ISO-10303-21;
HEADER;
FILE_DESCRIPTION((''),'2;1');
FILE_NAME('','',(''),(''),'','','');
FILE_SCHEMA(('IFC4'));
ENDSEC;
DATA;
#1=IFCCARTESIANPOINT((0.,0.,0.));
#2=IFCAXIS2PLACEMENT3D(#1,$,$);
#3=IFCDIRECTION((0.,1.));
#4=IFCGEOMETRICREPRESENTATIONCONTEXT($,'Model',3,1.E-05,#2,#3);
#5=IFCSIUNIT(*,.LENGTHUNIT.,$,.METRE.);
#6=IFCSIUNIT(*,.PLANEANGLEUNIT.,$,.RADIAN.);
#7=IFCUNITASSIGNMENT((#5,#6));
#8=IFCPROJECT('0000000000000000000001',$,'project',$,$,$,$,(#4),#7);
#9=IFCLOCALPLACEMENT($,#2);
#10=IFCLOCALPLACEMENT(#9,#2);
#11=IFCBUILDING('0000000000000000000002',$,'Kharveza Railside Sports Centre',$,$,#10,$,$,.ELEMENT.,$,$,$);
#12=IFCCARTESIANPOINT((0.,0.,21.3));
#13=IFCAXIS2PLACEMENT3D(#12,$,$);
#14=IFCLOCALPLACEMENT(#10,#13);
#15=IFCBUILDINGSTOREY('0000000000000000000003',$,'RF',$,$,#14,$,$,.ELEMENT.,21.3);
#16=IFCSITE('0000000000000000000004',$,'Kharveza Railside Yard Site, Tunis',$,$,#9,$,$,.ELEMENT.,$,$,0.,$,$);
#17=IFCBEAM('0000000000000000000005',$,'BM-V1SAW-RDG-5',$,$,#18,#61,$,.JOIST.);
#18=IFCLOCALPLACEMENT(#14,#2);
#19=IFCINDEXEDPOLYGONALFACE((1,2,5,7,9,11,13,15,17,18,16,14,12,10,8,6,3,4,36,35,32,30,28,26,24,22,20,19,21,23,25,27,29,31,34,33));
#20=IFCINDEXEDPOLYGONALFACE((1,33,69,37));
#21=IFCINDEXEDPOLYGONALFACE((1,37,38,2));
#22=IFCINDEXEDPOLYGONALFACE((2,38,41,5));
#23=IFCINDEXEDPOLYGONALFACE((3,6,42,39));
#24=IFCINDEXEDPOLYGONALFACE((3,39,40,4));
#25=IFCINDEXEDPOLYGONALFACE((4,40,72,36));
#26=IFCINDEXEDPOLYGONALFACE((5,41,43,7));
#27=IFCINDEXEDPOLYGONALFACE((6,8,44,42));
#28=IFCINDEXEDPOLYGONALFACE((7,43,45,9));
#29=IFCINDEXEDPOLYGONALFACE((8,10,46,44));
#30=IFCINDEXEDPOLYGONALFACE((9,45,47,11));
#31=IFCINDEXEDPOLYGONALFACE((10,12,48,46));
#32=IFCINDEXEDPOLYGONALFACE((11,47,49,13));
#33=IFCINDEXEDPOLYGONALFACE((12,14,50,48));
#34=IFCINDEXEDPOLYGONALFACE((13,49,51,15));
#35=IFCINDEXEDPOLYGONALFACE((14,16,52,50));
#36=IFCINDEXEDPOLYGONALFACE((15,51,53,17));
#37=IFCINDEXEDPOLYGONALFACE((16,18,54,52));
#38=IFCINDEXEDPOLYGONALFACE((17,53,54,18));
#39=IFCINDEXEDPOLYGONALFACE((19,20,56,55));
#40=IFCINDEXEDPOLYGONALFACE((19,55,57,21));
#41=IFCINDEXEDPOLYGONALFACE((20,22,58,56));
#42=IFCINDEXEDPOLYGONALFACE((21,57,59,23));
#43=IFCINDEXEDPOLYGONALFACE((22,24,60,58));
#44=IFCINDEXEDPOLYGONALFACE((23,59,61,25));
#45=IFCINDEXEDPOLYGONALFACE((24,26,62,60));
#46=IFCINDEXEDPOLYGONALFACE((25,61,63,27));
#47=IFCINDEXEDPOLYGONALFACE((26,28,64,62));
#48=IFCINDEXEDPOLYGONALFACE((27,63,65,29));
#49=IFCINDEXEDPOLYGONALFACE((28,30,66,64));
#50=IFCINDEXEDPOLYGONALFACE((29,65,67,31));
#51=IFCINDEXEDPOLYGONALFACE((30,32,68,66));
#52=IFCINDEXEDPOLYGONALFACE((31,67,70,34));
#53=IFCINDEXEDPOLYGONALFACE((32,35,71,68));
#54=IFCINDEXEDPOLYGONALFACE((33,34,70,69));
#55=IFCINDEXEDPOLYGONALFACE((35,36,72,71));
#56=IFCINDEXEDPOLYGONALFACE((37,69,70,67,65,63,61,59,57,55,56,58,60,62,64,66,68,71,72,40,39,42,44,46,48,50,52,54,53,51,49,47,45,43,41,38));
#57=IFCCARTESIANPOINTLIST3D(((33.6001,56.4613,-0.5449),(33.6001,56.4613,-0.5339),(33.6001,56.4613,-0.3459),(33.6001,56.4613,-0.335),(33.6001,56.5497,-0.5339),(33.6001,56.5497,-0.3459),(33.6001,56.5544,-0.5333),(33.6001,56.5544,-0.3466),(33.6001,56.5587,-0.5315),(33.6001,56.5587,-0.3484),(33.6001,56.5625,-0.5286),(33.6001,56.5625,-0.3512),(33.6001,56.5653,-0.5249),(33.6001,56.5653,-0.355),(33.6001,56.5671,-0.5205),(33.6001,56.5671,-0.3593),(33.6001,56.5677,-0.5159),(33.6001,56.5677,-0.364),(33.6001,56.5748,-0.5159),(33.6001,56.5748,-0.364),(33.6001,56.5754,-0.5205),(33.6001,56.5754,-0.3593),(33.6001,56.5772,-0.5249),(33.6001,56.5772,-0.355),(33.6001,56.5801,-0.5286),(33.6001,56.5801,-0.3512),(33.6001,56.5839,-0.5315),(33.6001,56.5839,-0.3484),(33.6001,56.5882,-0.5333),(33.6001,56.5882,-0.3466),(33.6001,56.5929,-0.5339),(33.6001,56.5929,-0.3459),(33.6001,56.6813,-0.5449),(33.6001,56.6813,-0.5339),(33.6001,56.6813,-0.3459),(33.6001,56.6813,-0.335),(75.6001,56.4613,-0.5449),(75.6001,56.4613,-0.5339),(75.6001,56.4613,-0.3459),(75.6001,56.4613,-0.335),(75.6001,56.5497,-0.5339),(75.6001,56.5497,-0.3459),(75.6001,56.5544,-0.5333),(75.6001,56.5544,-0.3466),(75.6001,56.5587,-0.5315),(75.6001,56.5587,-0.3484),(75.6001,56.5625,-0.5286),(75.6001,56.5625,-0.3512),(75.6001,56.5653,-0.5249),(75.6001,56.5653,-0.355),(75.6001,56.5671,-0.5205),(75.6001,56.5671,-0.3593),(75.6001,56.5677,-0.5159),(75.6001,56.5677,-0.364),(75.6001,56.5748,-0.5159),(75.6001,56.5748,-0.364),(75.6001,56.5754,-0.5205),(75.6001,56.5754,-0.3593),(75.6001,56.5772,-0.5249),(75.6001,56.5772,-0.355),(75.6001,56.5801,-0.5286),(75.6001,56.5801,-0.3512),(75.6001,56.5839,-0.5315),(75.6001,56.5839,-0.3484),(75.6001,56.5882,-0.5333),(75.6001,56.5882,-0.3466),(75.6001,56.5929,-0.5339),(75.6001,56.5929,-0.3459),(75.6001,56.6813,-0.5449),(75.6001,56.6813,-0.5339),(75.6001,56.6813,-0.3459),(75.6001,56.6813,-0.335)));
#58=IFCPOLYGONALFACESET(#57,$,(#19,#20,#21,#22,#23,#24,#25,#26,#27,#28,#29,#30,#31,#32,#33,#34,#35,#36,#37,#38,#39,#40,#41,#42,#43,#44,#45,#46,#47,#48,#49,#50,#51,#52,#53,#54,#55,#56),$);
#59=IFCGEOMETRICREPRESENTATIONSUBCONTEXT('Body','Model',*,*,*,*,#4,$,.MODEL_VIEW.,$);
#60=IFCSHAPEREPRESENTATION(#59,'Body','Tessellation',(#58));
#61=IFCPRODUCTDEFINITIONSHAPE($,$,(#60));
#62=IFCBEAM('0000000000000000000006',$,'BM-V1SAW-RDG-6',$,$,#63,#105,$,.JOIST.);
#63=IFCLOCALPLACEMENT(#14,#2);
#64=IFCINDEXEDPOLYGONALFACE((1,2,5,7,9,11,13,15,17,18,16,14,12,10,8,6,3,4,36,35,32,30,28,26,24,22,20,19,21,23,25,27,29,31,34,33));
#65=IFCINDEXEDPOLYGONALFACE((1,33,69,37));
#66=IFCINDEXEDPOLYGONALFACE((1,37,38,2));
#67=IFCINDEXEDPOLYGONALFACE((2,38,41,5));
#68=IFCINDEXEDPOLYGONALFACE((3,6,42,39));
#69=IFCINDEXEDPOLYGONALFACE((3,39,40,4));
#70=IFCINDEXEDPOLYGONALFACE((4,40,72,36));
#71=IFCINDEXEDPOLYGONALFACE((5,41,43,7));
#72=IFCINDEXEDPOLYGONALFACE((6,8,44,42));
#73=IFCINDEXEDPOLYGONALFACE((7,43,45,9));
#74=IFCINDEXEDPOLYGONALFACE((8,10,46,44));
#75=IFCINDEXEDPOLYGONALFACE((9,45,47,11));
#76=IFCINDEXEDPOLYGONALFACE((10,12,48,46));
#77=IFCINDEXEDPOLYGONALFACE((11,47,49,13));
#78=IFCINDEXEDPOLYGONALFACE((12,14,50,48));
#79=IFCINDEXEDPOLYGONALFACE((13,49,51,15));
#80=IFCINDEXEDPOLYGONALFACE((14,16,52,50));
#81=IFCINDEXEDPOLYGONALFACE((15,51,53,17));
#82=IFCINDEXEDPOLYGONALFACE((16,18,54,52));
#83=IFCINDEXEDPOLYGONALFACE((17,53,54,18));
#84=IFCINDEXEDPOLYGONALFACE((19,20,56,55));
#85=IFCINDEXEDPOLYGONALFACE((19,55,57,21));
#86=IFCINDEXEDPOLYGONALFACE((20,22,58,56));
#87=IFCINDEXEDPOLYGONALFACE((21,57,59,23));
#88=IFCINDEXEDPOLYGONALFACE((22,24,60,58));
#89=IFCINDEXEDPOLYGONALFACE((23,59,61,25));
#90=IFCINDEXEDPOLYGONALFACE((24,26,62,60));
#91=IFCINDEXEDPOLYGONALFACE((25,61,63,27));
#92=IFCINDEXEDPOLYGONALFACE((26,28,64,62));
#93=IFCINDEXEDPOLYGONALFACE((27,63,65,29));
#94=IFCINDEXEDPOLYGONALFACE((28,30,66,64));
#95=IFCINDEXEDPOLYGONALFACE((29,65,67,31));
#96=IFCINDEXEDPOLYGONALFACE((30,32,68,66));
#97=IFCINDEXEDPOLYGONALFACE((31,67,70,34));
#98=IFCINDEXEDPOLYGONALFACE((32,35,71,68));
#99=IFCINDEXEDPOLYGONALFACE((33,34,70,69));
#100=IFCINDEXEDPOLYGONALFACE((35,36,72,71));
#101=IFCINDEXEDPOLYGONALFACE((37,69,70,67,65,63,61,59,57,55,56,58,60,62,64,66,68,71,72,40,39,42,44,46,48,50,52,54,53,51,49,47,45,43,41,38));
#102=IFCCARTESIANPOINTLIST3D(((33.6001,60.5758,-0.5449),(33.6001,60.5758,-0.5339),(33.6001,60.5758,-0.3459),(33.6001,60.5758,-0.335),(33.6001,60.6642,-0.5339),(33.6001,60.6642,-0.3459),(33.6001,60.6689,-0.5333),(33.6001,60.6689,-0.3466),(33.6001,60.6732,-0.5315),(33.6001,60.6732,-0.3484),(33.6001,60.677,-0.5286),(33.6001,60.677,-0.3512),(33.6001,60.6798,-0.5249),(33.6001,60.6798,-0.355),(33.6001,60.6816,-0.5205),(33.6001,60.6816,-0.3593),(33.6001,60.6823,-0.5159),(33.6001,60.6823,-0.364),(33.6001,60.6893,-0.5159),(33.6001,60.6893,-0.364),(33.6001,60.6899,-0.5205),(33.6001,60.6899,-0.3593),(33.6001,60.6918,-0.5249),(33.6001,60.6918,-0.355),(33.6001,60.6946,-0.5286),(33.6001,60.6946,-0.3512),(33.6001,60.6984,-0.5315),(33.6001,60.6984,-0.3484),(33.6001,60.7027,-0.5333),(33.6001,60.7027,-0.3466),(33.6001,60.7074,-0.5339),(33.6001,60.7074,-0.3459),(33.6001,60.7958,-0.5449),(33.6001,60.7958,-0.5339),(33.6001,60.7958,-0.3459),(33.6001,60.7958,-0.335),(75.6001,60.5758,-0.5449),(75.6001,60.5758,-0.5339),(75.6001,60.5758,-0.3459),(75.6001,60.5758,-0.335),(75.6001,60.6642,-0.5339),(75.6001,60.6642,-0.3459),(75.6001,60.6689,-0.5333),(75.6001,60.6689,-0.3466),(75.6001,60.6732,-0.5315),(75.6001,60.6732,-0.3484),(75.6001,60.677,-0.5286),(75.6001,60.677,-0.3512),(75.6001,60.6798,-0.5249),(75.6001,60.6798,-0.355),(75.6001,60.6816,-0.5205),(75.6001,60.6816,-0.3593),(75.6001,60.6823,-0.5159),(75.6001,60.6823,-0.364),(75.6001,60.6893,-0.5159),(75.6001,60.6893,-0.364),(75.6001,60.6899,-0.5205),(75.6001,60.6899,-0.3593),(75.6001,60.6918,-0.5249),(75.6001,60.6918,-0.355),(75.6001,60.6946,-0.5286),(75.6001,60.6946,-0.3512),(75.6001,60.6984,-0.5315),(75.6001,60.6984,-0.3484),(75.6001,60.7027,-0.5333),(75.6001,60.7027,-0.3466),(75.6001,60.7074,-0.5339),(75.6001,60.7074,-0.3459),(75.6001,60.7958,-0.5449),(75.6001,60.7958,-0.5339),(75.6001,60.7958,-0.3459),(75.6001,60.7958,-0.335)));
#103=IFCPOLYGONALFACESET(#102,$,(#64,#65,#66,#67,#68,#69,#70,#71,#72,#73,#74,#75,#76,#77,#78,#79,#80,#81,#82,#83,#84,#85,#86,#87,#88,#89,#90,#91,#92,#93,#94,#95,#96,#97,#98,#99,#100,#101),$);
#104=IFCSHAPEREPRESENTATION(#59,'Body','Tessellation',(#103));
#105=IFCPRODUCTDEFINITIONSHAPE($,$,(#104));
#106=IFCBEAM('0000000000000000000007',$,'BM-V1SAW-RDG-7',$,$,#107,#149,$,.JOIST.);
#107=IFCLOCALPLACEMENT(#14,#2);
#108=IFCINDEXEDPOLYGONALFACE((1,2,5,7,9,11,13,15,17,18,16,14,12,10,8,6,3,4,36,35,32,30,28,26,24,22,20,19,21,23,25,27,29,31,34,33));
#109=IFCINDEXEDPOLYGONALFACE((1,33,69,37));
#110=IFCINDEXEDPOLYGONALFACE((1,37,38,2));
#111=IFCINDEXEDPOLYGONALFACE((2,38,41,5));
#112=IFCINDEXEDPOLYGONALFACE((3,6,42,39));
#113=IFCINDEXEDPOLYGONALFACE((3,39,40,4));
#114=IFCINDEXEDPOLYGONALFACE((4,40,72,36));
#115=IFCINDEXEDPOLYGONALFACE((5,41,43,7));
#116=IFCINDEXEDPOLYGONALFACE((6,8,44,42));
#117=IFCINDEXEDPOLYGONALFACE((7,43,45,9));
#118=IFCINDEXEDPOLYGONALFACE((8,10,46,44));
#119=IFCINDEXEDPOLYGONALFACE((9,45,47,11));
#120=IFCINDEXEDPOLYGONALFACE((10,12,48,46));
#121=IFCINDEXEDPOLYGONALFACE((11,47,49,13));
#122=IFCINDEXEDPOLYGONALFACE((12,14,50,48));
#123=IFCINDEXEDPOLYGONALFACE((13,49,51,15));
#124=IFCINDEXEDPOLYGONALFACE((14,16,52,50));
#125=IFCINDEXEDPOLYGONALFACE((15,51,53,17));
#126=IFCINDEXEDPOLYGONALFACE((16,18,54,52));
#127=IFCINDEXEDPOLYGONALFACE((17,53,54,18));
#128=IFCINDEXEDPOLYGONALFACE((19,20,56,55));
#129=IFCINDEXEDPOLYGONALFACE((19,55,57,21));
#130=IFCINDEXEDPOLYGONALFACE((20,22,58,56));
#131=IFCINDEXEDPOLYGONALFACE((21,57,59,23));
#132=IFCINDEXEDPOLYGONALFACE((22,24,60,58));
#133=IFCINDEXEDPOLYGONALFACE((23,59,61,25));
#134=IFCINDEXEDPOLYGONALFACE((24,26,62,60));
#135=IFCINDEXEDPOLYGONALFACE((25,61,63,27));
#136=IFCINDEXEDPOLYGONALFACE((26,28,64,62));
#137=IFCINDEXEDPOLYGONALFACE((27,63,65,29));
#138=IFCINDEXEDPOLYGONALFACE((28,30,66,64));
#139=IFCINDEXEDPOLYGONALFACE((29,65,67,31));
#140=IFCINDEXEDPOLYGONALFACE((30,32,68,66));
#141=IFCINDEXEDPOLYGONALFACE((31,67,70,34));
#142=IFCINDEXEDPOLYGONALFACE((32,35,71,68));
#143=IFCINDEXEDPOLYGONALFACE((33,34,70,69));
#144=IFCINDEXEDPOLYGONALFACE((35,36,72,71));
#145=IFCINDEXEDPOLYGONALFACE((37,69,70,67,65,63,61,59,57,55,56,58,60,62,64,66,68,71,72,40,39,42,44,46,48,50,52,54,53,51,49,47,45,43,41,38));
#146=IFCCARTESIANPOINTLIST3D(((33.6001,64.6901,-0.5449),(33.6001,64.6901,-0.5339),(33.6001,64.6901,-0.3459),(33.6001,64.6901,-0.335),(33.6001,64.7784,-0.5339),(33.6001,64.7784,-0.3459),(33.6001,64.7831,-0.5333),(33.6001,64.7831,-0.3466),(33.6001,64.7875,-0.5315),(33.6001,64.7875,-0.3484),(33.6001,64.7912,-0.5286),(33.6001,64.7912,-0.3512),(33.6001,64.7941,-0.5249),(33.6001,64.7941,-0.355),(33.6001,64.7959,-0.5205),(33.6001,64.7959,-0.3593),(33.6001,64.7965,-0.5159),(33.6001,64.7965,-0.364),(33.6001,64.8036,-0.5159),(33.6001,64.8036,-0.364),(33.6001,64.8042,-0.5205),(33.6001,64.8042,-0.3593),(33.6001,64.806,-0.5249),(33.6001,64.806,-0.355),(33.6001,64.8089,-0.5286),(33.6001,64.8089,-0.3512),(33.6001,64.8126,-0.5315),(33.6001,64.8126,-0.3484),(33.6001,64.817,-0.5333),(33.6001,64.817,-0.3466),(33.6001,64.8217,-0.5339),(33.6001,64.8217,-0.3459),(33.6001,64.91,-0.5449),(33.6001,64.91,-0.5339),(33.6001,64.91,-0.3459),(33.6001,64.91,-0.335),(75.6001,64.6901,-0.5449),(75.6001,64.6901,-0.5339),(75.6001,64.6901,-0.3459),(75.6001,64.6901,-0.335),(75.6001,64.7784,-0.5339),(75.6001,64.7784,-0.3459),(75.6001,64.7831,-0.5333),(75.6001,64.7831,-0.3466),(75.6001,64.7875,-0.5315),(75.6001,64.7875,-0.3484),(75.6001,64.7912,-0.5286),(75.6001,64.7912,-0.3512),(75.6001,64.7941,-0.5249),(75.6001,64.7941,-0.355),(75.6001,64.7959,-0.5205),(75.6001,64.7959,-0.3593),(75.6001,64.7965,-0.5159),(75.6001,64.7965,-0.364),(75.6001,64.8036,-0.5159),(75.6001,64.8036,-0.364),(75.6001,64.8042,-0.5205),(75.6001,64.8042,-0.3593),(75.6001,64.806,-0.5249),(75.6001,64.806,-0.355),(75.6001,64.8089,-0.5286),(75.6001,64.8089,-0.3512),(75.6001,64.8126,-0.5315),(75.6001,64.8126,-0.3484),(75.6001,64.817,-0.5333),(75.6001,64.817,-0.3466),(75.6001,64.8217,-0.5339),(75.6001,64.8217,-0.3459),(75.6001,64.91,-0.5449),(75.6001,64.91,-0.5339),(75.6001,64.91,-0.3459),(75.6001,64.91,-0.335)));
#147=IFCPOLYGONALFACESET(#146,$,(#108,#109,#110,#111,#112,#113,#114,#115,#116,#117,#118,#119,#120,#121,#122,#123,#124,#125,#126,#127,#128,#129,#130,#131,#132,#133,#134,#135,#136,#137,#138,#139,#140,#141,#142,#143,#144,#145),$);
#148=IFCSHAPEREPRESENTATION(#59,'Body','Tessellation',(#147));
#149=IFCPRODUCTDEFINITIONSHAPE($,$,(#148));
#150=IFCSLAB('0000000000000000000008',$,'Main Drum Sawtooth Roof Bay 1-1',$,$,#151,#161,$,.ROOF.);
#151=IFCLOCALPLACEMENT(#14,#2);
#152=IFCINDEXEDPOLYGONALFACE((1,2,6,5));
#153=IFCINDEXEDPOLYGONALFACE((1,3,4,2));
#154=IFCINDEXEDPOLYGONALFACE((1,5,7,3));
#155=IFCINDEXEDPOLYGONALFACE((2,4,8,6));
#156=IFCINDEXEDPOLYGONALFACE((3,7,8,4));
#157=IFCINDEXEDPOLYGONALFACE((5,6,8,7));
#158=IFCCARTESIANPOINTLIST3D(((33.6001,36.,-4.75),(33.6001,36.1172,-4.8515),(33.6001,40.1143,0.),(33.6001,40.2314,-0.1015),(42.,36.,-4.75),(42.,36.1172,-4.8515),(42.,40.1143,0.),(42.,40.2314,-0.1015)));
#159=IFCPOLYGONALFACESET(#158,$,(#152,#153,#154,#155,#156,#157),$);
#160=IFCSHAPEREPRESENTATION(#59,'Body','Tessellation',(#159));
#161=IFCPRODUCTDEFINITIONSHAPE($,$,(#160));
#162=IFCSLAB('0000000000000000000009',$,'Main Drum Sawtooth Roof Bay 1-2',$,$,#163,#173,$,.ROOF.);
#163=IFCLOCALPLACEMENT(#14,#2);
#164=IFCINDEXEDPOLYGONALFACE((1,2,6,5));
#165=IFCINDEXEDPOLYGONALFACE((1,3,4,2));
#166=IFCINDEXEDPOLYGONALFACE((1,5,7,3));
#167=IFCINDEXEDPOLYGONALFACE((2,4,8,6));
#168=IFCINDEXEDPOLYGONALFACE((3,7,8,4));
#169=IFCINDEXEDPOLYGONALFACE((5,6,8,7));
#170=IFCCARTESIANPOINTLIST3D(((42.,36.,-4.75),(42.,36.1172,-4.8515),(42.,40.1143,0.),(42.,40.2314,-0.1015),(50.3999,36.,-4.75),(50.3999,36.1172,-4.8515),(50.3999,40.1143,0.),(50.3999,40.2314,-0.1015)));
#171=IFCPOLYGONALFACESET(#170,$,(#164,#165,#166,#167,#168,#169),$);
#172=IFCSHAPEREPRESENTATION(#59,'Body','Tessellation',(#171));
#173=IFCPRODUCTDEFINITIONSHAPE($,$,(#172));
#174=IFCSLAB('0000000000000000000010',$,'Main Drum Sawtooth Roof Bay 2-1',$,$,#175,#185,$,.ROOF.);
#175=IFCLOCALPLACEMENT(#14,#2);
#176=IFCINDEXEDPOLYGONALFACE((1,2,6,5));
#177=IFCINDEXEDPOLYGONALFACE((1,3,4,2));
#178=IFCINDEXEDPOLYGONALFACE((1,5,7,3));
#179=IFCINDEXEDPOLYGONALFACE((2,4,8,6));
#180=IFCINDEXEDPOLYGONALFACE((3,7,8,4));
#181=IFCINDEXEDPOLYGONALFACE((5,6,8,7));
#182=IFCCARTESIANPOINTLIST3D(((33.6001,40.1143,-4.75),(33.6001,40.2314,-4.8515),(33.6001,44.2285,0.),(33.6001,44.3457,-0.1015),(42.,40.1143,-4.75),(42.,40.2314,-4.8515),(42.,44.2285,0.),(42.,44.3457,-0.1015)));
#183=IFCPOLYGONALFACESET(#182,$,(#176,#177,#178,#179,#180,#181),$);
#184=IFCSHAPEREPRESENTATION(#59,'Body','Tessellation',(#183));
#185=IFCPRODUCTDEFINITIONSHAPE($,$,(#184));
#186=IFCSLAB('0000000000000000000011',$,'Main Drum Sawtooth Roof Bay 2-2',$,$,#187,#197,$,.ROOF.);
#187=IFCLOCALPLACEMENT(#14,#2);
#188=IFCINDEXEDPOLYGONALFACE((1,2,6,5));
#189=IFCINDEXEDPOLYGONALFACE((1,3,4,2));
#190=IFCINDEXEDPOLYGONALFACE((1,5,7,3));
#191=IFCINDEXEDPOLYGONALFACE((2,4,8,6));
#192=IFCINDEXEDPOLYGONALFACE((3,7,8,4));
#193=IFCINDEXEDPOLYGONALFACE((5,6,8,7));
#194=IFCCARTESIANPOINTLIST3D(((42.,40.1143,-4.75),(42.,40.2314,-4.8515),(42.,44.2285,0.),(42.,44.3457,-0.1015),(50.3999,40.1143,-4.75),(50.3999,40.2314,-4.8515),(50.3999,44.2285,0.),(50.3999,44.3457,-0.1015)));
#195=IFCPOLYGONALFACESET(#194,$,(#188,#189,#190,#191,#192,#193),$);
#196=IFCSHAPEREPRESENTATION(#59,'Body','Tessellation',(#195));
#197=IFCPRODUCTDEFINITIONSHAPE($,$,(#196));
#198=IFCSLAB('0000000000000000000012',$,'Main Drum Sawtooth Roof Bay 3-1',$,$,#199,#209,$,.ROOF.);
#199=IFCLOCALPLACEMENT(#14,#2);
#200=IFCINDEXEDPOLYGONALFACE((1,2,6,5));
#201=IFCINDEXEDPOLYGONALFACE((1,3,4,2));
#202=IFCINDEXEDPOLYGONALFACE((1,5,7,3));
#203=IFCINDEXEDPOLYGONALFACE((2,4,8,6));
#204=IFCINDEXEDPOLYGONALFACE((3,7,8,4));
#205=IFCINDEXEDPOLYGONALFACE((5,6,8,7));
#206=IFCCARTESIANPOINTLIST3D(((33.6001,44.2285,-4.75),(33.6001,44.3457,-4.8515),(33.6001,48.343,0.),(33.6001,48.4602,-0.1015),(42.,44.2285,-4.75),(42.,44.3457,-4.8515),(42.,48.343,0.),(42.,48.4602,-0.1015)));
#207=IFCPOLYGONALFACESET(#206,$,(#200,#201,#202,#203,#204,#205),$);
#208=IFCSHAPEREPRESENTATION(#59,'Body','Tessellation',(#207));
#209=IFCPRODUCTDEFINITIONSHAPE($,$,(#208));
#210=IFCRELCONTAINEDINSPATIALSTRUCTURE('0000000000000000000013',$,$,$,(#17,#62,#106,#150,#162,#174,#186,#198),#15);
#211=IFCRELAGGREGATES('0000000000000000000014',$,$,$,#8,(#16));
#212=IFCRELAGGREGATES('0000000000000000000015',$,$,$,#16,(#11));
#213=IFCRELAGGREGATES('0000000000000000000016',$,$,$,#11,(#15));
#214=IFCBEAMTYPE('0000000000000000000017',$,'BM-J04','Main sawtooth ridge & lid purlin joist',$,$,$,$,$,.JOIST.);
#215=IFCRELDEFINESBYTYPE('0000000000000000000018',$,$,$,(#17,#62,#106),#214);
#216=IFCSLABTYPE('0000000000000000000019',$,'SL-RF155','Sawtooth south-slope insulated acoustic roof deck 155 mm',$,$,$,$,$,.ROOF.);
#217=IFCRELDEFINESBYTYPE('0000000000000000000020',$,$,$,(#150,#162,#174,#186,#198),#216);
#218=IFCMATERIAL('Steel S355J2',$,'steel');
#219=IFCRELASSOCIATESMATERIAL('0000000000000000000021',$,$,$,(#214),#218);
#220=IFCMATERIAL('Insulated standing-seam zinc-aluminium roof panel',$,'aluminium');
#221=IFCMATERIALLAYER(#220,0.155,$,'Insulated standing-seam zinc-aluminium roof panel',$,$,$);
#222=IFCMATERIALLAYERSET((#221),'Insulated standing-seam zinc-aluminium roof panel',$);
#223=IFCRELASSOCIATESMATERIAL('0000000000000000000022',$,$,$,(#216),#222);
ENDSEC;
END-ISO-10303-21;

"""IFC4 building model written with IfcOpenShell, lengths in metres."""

from ifc_helpers import new_model, si_unit, direction, frame, origin, origin_2d, place, context, subcontext, project, spatial, polyline, i_section, outline, extrude, material, layer, layer_set, material_profile, profile_set, type_object, element, save


model = new_model("IFC4")

# Units and contexts
model_context = context("Model", 3, precision=1e-05, world=origin(), true_north=direction((0.0, 1.0)))
body_context = subcontext(model_context, "Body", "Model", "MODEL_VIEW")
ifc_project = project(units=[si_unit("LENGTHUNIT", "METRE"), si_unit("PLANEANGLEUNIT", "RADIAN")], contexts=[model_context])

# Site, building, storey
site_placement = place(None, origin())
site = spatial("IfcSite", under=ifc_project, at=site_placement, Name="Kharveza Railside Yard Site, Tunis", CompositionType="ELEMENT", RefElevation=0.0)
building_placement = place(site_placement, origin())
building = spatial("IfcBuilding", under=site, at=building_placement, Name="Kharveza Railside Sports Centre", CompositionType="ELEMENT")
storey_placement = place(building_placement, frame((0.0, 0.0, 21.3)))
storey = spatial("IfcBuildingStorey", under=building, at=storey_placement, Name="RF", CompositionType="ELEMENT", Elevation=21.3)

# Beams
ifc_material_1 = material(Name="Steel S355J2", Category="steel")
ifc_material_profile = material_profile(ifc_material_1, i_section(OverallWidth=0.22, OverallDepth=0.21, WebThickness=0.0071, FlangeThickness=0.011, FilletRadius=0.0181, at=origin_2d()), Name="HEA 220")
ifc_profile_set = profile_set([ifc_material_profile], Name="Steel S355J2")
beam_type = type_object("IfcBeamType", Name="BM-J04", Description="Main sawtooth ridge & lid purlin joist", PredefinedType="JOIST", material=ifc_profile_set)
for number, where, z_axis, x_axis, name in (
    (1, (33.6001, 56.5713, -0.4399), (1.0, 0.0, 0.0), (0.0, 1.0, 0.0), "BM-V1SAW-RDG-5"),
    (2, (33.6001, 60.6858, -0.4399), (1.0, 0.0, 0.0), (0.0, 1.0, 0.0), "BM-V1SAW-RDG-6"),
    (3, (33.6001, 64.8, -0.4399), (1.0, 0.0, 0.0), (0.0, 1.0, 0.0), "BM-V1SAW-RDG-7"),
):
    element("IfcBeam", number, at=place(storey_placement, frame(where, z_axis=z_axis, x_axis=x_axis)), inside=storey, type_object=beam_type, Name=name, PredefinedType="JOIST", context=body_context, shape_type="SweptSolid", body=[
        extrude(i_section(OverallWidth=0.22, OverallDepth=0.21, WebThickness=0.0071, FlangeThickness=0.011, FilletRadius=0.0181, at=origin_2d()), origin(), (0.0, 0.0, 1.0), 42.0),
    ])

# Slabs
ifc_material_2 = material(Name="Insulated standing-seam zinc-aluminium roof panel", Category="aluminium")
ifc_layer_1 = layer(ifc_material_2, 0.155, Name="Insulated standing-seam zinc-aluminium roof panel")
ifc_layer_set_1 = layer_set([ifc_layer_1], Name="Insulated standing-seam zinc-aluminium roof panel")
slab_type_1 = type_object("IfcSlabType", Name="SL-RF155", Description="Sawtooth south-slope insulated acoustic roof deck 155 mm", PredefinedType="ROOF", material=ifc_layer_set_1)
for number, where, z_axis, x_axis, name in (
    (4, (33.6001, 36.0, -4.75), (0.0, -0.755879, 0.654712), (1.0, 0.0, 0.0), "Main Drum Sawtooth Roof Bay 1-1"),
    (5, (42.0, 36.0, -4.75), (0.0, -0.755879, 0.654712), (1.0, 0.0, 0.0), "Main Drum Sawtooth Roof Bay 1-2"),
    (6, (33.6001, 40.1143, -4.75), (0.0, -0.755879, 0.654712), (1.0, 0.0, 0.0), "Main Drum Sawtooth Roof Bay 2-1"),
    (7, (42.0, 40.1143, -4.75), (0.0, -0.755879, 0.654712), (1.0, 0.0, 0.0), "Main Drum Sawtooth Roof Bay 2-2"),
):
    element("IfcSlab", number, at=place(storey_placement, frame(where, z_axis=z_axis, x_axis=x_axis)), inside=storey, type_object=slab_type_1, Name=name, PredefinedType="ROOF", context=body_context, shape_type="SweptSolid", body=[
        extrude(outline(polyline([(0.0, 0.0), (8.3999, 0.0), (8.3999, 6.2841), (0.0, 6.2841), (0.0, 0.0)])), origin(), (0.0, 0.0, -1.0), 0.155),
    ])
for number, where, z_axis, x_axis, name in (
    (8, (33.6001, 44.2285, -4.75), (0.0, -0.75586, 0.654734), (1.0, 0.0, 0.0), "Main Drum Sawtooth Roof Bay 3-1"),
):
    element("IfcSlab", number, at=place(storey_placement, frame(where, z_axis=z_axis, x_axis=x_axis)), inside=storey, type_object=slab_type_1, Name=name, PredefinedType="ROOF", context=body_context, shape_type="SweptSolid", body=[
        extrude(outline(polyline([(0.0, 0.0), (8.3999, 0.0), (8.3999, 6.2842), (0.0, 6.2842), (0.0, 0.0)])), origin(), (0.0, 0.0, -1.0), 0.155),
    ])

save(model, "model.ifc")
